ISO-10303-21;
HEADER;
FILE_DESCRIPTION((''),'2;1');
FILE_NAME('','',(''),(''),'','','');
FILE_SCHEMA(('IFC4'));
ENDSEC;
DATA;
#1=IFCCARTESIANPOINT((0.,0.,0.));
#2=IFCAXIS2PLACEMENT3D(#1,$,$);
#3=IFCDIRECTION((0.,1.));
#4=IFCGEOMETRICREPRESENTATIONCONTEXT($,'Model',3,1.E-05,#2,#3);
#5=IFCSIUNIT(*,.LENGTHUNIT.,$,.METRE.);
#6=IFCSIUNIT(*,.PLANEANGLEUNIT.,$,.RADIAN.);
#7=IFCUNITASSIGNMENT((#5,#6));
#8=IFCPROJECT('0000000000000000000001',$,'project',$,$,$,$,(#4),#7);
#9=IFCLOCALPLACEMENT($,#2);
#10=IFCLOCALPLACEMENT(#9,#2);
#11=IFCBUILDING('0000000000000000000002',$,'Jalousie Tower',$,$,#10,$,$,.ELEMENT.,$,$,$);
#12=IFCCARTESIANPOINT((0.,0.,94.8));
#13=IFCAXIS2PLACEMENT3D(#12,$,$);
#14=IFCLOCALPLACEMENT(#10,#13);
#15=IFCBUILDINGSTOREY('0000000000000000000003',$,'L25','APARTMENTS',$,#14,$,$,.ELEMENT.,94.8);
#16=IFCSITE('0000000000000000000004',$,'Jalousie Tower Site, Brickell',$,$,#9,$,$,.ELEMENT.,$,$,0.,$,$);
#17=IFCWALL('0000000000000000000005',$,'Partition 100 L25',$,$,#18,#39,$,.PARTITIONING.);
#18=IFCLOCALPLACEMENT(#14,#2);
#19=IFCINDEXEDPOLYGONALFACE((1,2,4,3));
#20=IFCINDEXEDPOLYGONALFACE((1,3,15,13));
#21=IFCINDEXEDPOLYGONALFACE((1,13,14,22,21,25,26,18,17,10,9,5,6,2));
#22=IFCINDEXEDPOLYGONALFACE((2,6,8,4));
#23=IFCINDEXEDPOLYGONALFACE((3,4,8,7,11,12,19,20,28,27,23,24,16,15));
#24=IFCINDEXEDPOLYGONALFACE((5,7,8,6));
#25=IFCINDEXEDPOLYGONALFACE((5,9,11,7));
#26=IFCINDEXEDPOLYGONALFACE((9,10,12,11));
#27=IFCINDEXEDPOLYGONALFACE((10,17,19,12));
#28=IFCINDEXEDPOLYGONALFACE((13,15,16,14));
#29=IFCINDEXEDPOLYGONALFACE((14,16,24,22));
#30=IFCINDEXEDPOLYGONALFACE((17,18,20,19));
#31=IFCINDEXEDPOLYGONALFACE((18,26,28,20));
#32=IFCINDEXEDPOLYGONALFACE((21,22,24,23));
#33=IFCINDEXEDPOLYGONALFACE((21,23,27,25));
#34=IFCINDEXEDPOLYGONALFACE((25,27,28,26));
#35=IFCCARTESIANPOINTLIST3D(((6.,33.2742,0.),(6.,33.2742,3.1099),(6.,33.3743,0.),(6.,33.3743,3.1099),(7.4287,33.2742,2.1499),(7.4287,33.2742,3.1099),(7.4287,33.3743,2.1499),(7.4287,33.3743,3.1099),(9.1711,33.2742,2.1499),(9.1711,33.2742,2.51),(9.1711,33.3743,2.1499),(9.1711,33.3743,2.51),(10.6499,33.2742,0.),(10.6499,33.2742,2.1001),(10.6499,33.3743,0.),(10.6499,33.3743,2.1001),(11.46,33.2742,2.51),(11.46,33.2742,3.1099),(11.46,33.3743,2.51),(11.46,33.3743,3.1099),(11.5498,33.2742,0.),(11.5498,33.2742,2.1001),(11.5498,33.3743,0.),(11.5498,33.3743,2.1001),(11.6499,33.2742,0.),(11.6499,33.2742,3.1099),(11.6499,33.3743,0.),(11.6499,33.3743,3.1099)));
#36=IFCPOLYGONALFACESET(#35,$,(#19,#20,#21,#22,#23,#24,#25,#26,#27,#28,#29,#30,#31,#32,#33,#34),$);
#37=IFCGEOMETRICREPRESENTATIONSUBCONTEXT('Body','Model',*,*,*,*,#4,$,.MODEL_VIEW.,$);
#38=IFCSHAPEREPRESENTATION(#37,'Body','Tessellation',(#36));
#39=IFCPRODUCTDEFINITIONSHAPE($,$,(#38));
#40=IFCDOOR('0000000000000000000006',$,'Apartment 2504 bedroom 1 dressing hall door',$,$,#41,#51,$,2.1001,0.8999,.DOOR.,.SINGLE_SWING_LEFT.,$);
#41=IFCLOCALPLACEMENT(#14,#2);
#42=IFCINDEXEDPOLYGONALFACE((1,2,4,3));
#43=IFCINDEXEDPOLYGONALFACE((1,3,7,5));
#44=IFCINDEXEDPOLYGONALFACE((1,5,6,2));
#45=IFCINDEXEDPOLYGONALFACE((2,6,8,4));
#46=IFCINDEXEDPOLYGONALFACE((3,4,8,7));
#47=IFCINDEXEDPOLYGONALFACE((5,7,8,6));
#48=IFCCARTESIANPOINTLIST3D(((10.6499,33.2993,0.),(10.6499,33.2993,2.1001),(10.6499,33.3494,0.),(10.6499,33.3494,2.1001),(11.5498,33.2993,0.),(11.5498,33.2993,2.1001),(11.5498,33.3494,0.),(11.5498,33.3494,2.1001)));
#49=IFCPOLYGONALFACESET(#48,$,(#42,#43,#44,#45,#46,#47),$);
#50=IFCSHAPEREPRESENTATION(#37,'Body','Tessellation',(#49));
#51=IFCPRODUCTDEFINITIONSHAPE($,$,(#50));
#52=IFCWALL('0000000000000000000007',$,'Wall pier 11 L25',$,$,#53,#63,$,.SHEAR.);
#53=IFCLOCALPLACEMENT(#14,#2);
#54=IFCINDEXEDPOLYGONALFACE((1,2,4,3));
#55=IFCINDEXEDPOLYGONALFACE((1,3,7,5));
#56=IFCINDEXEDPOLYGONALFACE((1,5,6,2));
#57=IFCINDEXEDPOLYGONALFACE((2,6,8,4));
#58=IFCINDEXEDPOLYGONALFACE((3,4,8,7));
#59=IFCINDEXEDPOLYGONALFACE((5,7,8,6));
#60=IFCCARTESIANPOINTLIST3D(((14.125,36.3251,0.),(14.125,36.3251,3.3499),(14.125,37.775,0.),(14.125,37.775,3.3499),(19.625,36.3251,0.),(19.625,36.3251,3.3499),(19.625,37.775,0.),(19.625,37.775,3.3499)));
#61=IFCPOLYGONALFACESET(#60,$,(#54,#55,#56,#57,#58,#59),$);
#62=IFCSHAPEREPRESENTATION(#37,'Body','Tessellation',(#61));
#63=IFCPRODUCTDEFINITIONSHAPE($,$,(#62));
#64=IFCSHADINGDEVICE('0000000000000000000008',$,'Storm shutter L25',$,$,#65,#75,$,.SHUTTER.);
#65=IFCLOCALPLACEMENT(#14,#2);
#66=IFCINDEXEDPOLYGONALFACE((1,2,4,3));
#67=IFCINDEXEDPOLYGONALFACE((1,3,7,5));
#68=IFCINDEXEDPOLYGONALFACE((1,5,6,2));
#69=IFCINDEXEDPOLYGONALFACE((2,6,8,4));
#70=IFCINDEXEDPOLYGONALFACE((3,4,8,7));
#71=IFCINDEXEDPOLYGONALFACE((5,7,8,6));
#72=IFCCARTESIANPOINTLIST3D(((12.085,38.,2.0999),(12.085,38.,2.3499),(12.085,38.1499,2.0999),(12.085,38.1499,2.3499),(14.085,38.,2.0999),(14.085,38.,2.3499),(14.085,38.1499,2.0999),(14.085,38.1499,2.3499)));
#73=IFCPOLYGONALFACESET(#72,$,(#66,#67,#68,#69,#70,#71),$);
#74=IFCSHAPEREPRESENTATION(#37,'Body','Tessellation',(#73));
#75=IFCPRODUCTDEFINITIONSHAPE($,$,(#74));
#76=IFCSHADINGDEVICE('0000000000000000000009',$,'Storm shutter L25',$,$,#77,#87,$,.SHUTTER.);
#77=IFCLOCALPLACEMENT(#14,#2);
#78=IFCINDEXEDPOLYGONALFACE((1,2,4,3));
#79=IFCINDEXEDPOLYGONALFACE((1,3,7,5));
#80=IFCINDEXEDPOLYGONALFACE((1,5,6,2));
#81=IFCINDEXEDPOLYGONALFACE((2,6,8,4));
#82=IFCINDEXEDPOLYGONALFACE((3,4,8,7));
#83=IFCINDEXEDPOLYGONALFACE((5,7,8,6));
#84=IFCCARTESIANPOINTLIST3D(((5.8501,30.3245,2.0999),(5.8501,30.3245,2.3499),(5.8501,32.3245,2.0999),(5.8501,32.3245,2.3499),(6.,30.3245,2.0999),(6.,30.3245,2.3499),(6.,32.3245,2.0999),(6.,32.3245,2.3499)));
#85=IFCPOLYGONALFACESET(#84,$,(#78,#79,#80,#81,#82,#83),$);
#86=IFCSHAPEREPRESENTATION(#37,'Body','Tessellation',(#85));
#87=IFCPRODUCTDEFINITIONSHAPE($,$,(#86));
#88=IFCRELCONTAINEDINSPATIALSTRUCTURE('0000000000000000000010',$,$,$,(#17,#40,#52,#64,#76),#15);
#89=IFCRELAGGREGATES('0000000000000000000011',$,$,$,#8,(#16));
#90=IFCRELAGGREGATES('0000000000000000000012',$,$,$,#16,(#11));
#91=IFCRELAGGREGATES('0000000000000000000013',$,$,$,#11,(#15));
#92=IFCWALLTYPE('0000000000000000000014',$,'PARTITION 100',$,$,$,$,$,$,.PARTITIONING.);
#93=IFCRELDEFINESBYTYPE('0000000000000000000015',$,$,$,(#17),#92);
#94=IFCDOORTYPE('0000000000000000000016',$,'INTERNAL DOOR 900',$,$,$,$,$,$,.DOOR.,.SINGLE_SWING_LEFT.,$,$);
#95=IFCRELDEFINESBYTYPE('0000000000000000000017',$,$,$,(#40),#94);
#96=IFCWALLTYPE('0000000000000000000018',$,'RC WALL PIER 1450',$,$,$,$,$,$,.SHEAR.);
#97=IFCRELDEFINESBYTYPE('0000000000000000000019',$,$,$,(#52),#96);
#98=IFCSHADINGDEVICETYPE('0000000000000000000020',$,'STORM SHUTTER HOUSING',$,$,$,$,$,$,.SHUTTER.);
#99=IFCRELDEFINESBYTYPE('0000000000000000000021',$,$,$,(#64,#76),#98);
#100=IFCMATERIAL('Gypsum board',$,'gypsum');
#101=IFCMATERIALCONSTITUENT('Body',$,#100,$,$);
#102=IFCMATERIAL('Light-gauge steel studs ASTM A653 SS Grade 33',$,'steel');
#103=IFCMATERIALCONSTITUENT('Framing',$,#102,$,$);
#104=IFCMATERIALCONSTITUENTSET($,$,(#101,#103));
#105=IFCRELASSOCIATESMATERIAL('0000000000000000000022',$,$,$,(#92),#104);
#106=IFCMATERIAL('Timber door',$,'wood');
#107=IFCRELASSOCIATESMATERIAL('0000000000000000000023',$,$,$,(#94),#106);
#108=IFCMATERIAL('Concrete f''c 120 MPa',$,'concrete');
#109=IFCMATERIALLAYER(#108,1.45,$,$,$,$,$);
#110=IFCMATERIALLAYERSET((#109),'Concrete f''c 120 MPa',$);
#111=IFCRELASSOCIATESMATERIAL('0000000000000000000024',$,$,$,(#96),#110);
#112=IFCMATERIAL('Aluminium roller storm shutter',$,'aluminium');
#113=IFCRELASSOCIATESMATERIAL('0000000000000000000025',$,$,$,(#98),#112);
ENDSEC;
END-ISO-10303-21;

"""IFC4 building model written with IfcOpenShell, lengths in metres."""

from ifc_helpers import new_model, si_unit, direction, frame, frame_2d, origin, origin_2d, place, context, subcontext, project, spatial, polyline, rectangle, outline, extrude, material, layer, layer_set, constituent, constituent_set, type_object, element, fill, save


model = new_model("IFC4")

# Units and contexts
model_context = context("Model", 3, precision=1e-05, world=origin(), true_north=direction((0.0, 1.0)))
body_context = subcontext(model_context, "Body", "Model", "MODEL_VIEW")
ifc_project = project(units=[si_unit("LENGTHUNIT", "METRE"), si_unit("PLANEANGLEUNIT", "RADIAN")], contexts=[model_context])

# Site, building, storey
site_placement = place(None, origin())
site = spatial("IfcSite", under=ifc_project, at=site_placement, Name="Jalousie Tower Site, Brickell", CompositionType="ELEMENT", RefElevation=0.0)
building_placement = place(site_placement, origin())
building = spatial("IfcBuilding", under=site, at=building_placement, Name="Jalousie Tower", CompositionType="ELEMENT")
storey_placement = place(building_placement, frame((0.0, 0.0, 94.8)))
storey = spatial("IfcBuildingStorey", under=building, at=storey_placement, Name="L25", Description="APARTMENTS", CompositionType="ELEMENT", Elevation=94.8)

# Shared definitions
ifc_material_1 = material(Name="Gypsum board", Category="gypsum")
ifc_constituent_1 = constituent(ifc_material_1, Name="Body")
ifc_material_2 = material(Name="Light-gauge steel studs ASTM A653 SS Grade 33", Category="steel")
ifc_constituent_2 = constituent(ifc_material_2, Name="Framing")
ifc_constituent_set_1 = constituent_set(constituents=[ifc_constituent_1, ifc_constituent_2])
wall_type_1 = type_object("IfcWallType", Name="PARTITION 100", PredefinedType="PARTITIONING", material=ifc_constituent_set_1)

# Wall, opening, door
wall_1_placement = place(storey_placement, frame((6.0, 33.3242, 0.0), z_axis=(0.0, 0.0, 1.0), x_axis=(1.0, 0.0, 0.0)))
wall_1 = element("IfcWall", 1, at=wall_1_placement, inside=storey, type_object=wall_type_1, Name="Partition 100 L25", PredefinedType="PARTITIONING", context=body_context, shape_type="SweptSolid", body=[
    extrude(outline(polyline([(0.0, 0.0), (5.6499, 0.0), (5.6499, 3.1099), (5.46, 3.1099), (5.46, 2.51), (3.1711, 2.51), (3.1711, 2.1499), (1.4287, 2.1499), (1.4287, 3.1099), (0.0, 3.1099), (0.0, 0.0)])), frame((0.0, 0.05, 0.0), z_axis=(0.0, -1.0, 0.0), x_axis=(1.0, 0.0, 0.0)), (0.0, 0.0, 1.0), 0.1001),
])
opening_1_placement = place(wall_1_placement, frame((4.6499, 0.0, 0.0)))
opening_1 = element("IfcOpeningElement", 2, at=opening_1_placement, cuts=wall_1, PredefinedType="OPENING", context=body_context, shape_type="SweptSolid", body=[
    extrude(rectangle(XDim=0.8999, YDim=2.1001, at=frame_2d((0.45, 1.05))), frame((0.0, 0.0601, 0.0), z_axis=(0.0, -1.0, 0.0), x_axis=(1.0, 0.0, 0.0)), (0.0, 0.0, 1.0), 0.1201),
])
ifc_material_3 = material(Name="Timber door", Category="wood")
door_type_1 = type_object("IfcDoorType", Name="INTERNAL DOOR 900", OperationType="SINGLE_SWING_LEFT", PredefinedType="DOOR", material=ifc_material_3)
door_1_placement = place(opening_1_placement, frame((0.8999, 0.0, 0.0), z_axis=(0.0, 0.0, 1.0), x_axis=(-1.0, 0.0, 0.0)))
door_1 = element("IfcDoor", 3, at=door_1_placement, inside=storey, type_object=door_type_1, Name="Apartment 2504 bedroom 1 dressing hall door", OperationType="SINGLE_SWING_LEFT", OverallHeight=2.1001, OverallWidth=0.8999, PredefinedType="DOOR", context=body_context, shape_type="SweptSolid", body=[
    extrude(rectangle(XDim=0.8999, YDim=2.1001, at=frame_2d((0.45, 1.05))), frame((0.0, 0.0249, 0.0), z_axis=(0.0, -1.0, 0.0), x_axis=(1.0, 0.0, 0.0)), (0.0, 0.0, 1.0), 0.05),
])
fill(opening_1, door_1)

# Wall
ifc_material_4 = material(Name="Concrete f'c 120 MPa", Category="concrete")
ifc_layer_1 = layer(ifc_material_4, 1.45)
ifc_layer_set_1 = layer_set([ifc_layer_1], Name="Concrete f'c 120 MPa")
wall_type_2 = type_object("IfcWallType", Name="RC WALL PIER 1450", PredefinedType="SHEAR", material=ifc_layer_set_1)
wall_2_placement = place(storey_placement, frame((14.125, 37.05, 0.0), z_axis=(0.0, 0.0, 1.0), x_axis=(1.0, 0.0, 0.0)))
element("IfcWall", 4, at=wall_2_placement, inside=storey, type_object=wall_type_2, Name="Wall pier 11 L25", PredefinedType="SHEAR", context=body_context, shape_type="SweptSolid", body=[
    extrude(rectangle(XDim=5.5, YDim=1.45, at=frame_2d((2.75, 0.0))), origin(), (0.0, 0.0, 1.0), 3.3499),
])

# Shading devices
ifc_material_5 = material(Name="Aluminium roller storm shutter", Category="aluminium")
shading_device_type = type_object("IfcShadingDeviceType", Name="STORM SHUTTER HOUSING", PredefinedType="SHUTTER", material=ifc_material_5)
for number, where, z_axis, x_axis, name in (
    (5, (13.085, 38.075, 2.0999), (0.0, 0.0, 1.0), (-1.0, 0.0, 0.0), "Storm shutter L25"),
    (6, (5.925, 31.3245, 2.0999), (0.0, 0.0, 1.0), (0.0, -1.0, 0.0), "Storm shutter L25"),
):
    element("IfcShadingDevice", number, at=place(storey_placement, frame(where, z_axis=z_axis, x_axis=x_axis)), inside=storey, type_object=shading_device_type, Name=name, PredefinedType="SHUTTER", context=body_context, shape_type="SweptSolid", body=[
        extrude(rectangle(XDim=2.0, YDim=0.1499, at=origin_2d()), origin(), (0.0, 0.0, 1.0), 0.25),
    ])

save(model, "model.ifc")
